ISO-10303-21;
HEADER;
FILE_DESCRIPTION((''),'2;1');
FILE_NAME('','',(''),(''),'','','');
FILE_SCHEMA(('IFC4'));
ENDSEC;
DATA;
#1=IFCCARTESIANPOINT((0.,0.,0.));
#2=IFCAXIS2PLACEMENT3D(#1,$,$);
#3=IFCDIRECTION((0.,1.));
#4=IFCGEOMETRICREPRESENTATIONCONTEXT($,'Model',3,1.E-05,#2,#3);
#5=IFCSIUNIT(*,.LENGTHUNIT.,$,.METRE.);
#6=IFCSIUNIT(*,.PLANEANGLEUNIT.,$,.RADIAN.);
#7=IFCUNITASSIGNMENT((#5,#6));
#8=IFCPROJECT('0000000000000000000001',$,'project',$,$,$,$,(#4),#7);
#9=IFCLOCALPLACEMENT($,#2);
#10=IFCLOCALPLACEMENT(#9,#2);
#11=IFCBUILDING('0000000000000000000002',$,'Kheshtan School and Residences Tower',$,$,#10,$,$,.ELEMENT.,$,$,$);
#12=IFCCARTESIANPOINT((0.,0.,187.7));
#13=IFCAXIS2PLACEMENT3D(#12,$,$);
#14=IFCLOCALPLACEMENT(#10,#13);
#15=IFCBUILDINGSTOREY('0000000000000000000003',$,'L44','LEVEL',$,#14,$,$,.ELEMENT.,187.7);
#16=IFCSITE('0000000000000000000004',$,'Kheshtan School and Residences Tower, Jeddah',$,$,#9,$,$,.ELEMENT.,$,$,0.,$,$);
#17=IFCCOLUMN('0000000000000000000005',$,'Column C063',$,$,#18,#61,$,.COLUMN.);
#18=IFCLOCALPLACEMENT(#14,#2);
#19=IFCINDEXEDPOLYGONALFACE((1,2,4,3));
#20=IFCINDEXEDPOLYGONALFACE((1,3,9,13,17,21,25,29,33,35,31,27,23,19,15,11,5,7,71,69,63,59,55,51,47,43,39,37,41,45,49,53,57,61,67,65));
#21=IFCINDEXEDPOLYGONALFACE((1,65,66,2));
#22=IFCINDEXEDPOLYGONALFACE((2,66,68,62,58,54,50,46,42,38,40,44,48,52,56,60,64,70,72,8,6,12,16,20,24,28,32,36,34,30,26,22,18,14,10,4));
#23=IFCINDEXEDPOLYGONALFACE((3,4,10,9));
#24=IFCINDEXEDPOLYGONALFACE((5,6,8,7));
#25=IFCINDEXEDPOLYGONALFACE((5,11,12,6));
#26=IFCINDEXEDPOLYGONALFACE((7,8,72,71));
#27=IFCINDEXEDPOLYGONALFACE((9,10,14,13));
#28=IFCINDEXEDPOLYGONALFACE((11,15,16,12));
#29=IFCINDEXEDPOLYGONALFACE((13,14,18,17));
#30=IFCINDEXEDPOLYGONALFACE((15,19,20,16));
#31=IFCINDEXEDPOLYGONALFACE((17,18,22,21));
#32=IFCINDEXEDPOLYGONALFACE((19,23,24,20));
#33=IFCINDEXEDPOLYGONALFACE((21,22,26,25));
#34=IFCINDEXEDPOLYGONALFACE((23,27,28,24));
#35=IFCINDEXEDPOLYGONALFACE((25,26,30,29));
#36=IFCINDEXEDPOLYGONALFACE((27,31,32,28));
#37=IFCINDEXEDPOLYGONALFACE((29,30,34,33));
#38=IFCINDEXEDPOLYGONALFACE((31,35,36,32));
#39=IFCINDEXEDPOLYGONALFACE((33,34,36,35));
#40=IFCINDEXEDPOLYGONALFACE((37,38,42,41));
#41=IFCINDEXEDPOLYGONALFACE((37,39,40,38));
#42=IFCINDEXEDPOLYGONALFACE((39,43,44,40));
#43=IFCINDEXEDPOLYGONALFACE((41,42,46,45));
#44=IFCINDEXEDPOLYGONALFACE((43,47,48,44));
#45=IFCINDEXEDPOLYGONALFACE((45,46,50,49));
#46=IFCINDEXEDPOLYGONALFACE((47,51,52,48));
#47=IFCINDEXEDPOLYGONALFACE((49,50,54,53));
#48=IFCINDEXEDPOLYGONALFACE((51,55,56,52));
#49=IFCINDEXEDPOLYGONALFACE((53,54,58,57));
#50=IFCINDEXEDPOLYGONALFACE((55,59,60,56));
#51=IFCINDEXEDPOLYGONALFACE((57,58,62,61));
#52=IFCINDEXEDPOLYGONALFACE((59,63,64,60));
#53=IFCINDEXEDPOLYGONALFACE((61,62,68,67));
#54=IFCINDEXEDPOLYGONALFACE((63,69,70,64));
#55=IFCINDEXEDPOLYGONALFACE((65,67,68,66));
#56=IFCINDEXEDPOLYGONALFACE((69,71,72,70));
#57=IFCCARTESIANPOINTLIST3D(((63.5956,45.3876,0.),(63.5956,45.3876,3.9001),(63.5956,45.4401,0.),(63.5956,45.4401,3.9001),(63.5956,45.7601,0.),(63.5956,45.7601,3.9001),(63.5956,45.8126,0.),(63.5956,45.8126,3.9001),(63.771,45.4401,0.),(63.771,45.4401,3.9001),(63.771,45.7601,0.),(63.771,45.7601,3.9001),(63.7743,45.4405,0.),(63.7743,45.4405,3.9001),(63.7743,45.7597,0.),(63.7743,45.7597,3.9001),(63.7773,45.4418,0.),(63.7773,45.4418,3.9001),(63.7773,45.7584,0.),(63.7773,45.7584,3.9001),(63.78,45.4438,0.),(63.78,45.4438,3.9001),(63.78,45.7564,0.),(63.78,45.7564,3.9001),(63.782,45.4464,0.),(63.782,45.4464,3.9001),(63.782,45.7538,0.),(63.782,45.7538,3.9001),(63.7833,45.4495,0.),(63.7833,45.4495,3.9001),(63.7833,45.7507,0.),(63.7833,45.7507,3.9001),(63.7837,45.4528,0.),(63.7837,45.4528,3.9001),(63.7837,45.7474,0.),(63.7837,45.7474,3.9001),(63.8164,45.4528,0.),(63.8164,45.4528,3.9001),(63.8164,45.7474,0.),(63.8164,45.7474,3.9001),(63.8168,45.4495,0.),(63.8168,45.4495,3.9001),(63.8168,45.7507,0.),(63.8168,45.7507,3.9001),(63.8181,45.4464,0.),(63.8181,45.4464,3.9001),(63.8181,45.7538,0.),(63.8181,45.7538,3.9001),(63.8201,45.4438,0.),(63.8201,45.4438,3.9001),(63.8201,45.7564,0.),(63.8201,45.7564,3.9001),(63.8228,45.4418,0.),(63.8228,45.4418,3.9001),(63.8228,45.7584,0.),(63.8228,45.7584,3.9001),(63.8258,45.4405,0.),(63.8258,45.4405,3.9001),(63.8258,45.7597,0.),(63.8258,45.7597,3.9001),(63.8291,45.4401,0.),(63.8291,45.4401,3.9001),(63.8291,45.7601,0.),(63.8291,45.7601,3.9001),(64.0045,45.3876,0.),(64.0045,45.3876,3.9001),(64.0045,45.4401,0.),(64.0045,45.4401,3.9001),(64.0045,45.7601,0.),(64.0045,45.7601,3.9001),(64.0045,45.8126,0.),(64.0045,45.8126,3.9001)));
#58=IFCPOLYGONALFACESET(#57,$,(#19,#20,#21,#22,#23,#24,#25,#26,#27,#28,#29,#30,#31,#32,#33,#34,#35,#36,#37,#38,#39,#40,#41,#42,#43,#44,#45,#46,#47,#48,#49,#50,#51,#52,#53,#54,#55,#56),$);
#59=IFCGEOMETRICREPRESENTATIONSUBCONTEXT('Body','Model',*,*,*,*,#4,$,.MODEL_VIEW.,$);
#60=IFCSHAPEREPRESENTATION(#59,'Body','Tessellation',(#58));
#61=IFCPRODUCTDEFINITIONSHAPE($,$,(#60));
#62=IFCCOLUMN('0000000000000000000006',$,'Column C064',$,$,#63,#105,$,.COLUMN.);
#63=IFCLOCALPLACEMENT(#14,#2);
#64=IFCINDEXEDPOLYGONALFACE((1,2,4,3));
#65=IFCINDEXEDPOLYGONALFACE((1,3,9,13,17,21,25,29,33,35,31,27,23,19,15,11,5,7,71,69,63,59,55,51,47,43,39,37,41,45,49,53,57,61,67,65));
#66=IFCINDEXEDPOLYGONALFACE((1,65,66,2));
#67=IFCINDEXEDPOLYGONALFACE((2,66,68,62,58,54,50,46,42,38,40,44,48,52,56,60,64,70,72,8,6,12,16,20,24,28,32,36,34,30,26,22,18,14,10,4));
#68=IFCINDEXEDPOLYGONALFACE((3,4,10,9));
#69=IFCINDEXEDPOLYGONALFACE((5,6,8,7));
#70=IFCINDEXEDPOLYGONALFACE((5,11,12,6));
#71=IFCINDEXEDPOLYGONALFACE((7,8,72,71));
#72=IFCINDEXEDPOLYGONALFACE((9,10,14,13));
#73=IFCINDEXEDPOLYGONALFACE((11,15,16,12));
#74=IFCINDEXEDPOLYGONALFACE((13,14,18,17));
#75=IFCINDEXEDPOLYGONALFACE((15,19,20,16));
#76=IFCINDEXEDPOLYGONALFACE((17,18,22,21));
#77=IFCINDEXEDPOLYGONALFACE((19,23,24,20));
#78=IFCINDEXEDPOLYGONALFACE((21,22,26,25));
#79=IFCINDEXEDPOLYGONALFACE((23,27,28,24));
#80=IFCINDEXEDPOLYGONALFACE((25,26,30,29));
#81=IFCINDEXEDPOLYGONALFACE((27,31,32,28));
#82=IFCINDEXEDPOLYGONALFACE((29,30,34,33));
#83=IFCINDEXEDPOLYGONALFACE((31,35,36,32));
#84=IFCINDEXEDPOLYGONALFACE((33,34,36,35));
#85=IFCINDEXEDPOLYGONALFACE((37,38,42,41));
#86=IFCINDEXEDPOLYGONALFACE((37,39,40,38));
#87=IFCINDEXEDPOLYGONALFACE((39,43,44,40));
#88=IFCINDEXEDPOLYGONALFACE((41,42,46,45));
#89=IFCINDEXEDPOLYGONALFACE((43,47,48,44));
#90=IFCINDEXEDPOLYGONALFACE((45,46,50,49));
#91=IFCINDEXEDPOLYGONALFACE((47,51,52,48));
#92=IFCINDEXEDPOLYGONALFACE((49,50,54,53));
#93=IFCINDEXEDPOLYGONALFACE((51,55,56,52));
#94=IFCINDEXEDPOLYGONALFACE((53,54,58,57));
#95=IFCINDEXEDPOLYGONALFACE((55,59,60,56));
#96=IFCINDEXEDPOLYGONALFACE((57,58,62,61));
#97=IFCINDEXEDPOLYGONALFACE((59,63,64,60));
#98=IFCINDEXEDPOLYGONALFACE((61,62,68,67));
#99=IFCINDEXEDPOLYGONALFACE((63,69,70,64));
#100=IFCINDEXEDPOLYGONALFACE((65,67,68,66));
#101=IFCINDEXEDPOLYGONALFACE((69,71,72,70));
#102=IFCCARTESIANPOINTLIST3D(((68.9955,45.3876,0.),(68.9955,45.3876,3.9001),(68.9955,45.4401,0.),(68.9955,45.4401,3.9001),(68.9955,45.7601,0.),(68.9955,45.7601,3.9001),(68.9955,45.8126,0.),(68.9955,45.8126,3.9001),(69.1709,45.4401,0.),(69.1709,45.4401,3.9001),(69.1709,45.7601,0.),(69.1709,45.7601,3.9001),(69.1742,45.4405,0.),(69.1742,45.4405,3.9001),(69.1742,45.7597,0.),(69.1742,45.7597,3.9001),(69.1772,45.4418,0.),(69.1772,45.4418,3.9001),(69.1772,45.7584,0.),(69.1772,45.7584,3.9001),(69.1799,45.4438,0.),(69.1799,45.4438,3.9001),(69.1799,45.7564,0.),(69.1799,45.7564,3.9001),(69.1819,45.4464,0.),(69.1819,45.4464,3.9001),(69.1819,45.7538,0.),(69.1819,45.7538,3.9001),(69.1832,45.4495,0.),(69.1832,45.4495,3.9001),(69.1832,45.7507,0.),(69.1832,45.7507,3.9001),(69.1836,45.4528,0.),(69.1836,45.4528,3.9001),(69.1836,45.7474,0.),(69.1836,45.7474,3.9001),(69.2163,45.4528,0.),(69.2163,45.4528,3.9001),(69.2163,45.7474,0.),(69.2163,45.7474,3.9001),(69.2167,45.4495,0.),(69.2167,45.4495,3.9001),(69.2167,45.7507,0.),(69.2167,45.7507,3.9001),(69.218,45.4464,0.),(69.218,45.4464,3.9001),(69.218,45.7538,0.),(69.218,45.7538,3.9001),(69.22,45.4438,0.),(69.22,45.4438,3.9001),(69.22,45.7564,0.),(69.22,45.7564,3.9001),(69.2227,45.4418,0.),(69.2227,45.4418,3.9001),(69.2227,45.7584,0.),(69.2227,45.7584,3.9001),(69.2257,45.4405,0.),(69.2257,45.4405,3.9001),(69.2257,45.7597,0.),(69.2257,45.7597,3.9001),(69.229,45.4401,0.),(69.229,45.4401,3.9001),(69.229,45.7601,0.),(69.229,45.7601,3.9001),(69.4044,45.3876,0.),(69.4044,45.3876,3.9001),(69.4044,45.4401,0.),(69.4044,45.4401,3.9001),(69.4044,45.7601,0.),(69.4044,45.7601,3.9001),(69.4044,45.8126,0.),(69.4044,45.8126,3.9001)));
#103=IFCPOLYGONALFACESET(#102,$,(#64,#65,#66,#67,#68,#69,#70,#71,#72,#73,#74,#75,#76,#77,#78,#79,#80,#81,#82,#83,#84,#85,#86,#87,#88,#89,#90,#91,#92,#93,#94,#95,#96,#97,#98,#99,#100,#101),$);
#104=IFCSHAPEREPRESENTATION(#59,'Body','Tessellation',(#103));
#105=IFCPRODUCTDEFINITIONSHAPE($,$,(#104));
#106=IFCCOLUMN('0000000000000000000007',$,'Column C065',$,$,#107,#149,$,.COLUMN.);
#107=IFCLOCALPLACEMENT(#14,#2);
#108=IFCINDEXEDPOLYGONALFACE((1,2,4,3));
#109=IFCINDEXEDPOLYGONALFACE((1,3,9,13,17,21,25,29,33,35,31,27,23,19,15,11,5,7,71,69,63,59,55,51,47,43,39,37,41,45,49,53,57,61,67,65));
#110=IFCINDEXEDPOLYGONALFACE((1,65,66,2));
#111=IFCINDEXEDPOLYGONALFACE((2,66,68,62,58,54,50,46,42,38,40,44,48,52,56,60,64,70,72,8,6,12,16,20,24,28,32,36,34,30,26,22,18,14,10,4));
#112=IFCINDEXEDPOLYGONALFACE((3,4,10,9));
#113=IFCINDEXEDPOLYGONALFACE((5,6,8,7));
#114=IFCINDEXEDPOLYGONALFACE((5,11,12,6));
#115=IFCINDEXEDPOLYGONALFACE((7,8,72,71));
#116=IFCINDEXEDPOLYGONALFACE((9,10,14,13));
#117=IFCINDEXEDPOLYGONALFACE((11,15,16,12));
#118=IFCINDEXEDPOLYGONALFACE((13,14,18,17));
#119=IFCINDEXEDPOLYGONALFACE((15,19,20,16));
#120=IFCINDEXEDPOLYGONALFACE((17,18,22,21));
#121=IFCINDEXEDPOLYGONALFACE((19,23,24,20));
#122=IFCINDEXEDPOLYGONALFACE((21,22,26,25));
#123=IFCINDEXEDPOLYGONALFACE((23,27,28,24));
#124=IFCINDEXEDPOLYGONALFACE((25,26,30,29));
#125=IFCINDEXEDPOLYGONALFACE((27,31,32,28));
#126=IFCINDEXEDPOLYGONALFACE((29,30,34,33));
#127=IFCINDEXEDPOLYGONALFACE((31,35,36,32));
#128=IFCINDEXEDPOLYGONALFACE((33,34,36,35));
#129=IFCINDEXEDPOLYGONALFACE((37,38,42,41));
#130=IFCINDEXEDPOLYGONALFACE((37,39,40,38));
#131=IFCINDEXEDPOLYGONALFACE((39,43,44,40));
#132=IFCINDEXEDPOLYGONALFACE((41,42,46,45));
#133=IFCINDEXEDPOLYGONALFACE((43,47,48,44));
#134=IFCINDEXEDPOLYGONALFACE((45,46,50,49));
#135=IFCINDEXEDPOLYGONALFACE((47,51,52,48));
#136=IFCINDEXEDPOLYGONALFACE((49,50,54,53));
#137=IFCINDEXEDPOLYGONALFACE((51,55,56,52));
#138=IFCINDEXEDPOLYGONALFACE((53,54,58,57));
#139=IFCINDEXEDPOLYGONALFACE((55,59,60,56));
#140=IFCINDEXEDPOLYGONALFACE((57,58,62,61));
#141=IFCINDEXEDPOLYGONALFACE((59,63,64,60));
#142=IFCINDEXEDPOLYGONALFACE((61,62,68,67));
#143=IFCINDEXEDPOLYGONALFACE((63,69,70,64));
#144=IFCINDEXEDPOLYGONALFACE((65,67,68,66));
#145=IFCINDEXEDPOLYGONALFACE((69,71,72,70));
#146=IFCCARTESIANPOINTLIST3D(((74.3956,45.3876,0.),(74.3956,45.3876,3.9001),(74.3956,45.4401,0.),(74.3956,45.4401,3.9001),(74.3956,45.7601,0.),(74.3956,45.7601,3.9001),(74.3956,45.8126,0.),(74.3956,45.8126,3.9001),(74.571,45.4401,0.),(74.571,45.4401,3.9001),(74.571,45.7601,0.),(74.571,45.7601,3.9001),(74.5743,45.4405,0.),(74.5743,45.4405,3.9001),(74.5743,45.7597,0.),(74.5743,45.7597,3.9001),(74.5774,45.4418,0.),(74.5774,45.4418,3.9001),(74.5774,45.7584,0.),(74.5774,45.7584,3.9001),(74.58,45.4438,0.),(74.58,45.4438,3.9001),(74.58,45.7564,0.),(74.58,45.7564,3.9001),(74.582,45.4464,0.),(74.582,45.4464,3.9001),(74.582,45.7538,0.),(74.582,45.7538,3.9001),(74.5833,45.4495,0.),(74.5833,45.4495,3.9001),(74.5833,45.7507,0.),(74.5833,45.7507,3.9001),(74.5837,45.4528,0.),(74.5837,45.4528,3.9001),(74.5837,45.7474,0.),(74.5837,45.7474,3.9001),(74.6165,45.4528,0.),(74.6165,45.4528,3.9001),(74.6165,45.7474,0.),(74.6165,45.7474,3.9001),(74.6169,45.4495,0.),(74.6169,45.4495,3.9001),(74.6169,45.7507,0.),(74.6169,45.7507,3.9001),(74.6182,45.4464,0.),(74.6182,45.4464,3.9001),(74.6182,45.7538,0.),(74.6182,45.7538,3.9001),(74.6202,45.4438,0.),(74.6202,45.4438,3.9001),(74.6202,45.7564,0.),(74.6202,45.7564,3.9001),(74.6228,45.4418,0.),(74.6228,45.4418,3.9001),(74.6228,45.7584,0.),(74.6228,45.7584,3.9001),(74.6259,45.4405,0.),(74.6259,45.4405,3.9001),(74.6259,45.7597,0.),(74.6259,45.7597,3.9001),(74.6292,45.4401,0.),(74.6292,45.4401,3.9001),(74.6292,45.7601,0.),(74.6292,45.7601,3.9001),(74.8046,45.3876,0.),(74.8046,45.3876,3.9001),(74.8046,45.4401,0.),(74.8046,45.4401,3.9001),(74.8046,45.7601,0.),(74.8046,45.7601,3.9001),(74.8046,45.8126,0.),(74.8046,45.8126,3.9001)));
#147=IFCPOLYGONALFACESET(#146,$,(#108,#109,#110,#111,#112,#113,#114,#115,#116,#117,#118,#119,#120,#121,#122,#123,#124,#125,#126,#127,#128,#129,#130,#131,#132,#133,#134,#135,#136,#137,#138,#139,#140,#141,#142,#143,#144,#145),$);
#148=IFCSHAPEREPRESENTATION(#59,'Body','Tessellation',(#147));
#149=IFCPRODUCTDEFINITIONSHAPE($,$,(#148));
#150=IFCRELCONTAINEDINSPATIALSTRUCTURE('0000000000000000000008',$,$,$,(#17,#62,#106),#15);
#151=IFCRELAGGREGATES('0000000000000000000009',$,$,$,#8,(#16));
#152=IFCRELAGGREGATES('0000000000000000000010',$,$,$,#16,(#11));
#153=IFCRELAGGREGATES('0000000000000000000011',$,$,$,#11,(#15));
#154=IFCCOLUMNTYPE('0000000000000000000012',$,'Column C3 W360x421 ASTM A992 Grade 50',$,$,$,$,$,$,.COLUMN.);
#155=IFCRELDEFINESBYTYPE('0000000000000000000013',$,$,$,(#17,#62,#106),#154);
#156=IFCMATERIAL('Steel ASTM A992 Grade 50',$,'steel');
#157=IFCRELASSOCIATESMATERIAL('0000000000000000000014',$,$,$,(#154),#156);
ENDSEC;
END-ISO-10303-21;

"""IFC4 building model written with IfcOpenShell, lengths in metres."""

from ifc_helpers import new_model, si_unit, direction, frame, origin, origin_2d, place, context, subcontext, project, spatial, i_section, extrude, material, material_profile, profile_set, type_object, element, save


model = new_model("IFC4")

# Units and contexts
model_context = context("Model", 3, precision=1e-05, world=origin(), true_north=direction((0.0, 1.0)))
body_context = subcontext(model_context, "Body", "Model", "MODEL_VIEW")
ifc_project = project(units=[si_unit("LENGTHUNIT", "METRE"), si_unit("PLANEANGLEUNIT", "RADIAN")], contexts=[model_context])

# Site, building, storey
site_placement = place(None, origin())
site = spatial("IfcSite", under=ifc_project, at=site_placement, Name="Kheshtan School and Residences Tower, Jeddah", CompositionType="ELEMENT", RefElevation=0.0)
building_placement = place(site_placement, origin())
building = spatial("IfcBuilding", under=site, at=building_placement, Name="Kheshtan School and Residences Tower", CompositionType="ELEMENT")
storey_placement = place(building_placement, frame((0.0, 0.0, 187.7)))
storey = spatial("IfcBuildingStorey", under=building, at=storey_placement, Name="L44", Description="LEVEL", CompositionType="ELEMENT", Elevation=187.7)

# Columns
ifc_material_1 = material(Name="Steel ASTM A992 Grade 50", Category="steel")
ifc_material_profile_1 = material_profile(ifc_material_1, i_section(OverallWidth=0.4089, OverallDepth=0.425, WebThickness=0.0327, FlangeThickness=0.0525, FilletRadius=0.0127, at=origin_2d()), Name="W360x421")
ifc_profile_set_1 = profile_set([ifc_material_profile_1], Name="Steel ASTM A992 Grade 50")
column_type_1 = type_object("IfcColumnType", Name="Column C3 W360x421 ASTM A992 Grade 50", PredefinedType="COLUMN", material=ifc_profile_set_1)
for number, where, z_axis, x_axis, name in (
    (1, (63.8, 45.6001, 0.0), (0.0, 0.0, 1.0), (1.0, 0.0, 0.0), "Column C063"),
    (2, (69.2, 45.6001, 0.0), (0.0, 0.0, 1.0), (1.0, 0.0, 0.0), "Column C064"),
    (3, (74.6001, 45.6001, 0.0), (0.0, 0.0, 1.0), (1.0, 0.0, 0.0), "Column C065"),
):
    element("IfcColumn", number, at=place(storey_placement, frame(where, z_axis=z_axis, x_axis=x_axis)), inside=storey, type_object=column_type_1, Name=name, PredefinedType="COLUMN", context=body_context, shape_type="SweptSolid", body=[
        extrude(i_section(OverallWidth=0.4089, OverallDepth=0.425, WebThickness=0.0327, FlangeThickness=0.0525, FilletRadius=0.0127, at=origin_2d()), origin(), (0.0, 0.0, 1.0), 3.9001),
    ])

save(model, "model.ifc")
